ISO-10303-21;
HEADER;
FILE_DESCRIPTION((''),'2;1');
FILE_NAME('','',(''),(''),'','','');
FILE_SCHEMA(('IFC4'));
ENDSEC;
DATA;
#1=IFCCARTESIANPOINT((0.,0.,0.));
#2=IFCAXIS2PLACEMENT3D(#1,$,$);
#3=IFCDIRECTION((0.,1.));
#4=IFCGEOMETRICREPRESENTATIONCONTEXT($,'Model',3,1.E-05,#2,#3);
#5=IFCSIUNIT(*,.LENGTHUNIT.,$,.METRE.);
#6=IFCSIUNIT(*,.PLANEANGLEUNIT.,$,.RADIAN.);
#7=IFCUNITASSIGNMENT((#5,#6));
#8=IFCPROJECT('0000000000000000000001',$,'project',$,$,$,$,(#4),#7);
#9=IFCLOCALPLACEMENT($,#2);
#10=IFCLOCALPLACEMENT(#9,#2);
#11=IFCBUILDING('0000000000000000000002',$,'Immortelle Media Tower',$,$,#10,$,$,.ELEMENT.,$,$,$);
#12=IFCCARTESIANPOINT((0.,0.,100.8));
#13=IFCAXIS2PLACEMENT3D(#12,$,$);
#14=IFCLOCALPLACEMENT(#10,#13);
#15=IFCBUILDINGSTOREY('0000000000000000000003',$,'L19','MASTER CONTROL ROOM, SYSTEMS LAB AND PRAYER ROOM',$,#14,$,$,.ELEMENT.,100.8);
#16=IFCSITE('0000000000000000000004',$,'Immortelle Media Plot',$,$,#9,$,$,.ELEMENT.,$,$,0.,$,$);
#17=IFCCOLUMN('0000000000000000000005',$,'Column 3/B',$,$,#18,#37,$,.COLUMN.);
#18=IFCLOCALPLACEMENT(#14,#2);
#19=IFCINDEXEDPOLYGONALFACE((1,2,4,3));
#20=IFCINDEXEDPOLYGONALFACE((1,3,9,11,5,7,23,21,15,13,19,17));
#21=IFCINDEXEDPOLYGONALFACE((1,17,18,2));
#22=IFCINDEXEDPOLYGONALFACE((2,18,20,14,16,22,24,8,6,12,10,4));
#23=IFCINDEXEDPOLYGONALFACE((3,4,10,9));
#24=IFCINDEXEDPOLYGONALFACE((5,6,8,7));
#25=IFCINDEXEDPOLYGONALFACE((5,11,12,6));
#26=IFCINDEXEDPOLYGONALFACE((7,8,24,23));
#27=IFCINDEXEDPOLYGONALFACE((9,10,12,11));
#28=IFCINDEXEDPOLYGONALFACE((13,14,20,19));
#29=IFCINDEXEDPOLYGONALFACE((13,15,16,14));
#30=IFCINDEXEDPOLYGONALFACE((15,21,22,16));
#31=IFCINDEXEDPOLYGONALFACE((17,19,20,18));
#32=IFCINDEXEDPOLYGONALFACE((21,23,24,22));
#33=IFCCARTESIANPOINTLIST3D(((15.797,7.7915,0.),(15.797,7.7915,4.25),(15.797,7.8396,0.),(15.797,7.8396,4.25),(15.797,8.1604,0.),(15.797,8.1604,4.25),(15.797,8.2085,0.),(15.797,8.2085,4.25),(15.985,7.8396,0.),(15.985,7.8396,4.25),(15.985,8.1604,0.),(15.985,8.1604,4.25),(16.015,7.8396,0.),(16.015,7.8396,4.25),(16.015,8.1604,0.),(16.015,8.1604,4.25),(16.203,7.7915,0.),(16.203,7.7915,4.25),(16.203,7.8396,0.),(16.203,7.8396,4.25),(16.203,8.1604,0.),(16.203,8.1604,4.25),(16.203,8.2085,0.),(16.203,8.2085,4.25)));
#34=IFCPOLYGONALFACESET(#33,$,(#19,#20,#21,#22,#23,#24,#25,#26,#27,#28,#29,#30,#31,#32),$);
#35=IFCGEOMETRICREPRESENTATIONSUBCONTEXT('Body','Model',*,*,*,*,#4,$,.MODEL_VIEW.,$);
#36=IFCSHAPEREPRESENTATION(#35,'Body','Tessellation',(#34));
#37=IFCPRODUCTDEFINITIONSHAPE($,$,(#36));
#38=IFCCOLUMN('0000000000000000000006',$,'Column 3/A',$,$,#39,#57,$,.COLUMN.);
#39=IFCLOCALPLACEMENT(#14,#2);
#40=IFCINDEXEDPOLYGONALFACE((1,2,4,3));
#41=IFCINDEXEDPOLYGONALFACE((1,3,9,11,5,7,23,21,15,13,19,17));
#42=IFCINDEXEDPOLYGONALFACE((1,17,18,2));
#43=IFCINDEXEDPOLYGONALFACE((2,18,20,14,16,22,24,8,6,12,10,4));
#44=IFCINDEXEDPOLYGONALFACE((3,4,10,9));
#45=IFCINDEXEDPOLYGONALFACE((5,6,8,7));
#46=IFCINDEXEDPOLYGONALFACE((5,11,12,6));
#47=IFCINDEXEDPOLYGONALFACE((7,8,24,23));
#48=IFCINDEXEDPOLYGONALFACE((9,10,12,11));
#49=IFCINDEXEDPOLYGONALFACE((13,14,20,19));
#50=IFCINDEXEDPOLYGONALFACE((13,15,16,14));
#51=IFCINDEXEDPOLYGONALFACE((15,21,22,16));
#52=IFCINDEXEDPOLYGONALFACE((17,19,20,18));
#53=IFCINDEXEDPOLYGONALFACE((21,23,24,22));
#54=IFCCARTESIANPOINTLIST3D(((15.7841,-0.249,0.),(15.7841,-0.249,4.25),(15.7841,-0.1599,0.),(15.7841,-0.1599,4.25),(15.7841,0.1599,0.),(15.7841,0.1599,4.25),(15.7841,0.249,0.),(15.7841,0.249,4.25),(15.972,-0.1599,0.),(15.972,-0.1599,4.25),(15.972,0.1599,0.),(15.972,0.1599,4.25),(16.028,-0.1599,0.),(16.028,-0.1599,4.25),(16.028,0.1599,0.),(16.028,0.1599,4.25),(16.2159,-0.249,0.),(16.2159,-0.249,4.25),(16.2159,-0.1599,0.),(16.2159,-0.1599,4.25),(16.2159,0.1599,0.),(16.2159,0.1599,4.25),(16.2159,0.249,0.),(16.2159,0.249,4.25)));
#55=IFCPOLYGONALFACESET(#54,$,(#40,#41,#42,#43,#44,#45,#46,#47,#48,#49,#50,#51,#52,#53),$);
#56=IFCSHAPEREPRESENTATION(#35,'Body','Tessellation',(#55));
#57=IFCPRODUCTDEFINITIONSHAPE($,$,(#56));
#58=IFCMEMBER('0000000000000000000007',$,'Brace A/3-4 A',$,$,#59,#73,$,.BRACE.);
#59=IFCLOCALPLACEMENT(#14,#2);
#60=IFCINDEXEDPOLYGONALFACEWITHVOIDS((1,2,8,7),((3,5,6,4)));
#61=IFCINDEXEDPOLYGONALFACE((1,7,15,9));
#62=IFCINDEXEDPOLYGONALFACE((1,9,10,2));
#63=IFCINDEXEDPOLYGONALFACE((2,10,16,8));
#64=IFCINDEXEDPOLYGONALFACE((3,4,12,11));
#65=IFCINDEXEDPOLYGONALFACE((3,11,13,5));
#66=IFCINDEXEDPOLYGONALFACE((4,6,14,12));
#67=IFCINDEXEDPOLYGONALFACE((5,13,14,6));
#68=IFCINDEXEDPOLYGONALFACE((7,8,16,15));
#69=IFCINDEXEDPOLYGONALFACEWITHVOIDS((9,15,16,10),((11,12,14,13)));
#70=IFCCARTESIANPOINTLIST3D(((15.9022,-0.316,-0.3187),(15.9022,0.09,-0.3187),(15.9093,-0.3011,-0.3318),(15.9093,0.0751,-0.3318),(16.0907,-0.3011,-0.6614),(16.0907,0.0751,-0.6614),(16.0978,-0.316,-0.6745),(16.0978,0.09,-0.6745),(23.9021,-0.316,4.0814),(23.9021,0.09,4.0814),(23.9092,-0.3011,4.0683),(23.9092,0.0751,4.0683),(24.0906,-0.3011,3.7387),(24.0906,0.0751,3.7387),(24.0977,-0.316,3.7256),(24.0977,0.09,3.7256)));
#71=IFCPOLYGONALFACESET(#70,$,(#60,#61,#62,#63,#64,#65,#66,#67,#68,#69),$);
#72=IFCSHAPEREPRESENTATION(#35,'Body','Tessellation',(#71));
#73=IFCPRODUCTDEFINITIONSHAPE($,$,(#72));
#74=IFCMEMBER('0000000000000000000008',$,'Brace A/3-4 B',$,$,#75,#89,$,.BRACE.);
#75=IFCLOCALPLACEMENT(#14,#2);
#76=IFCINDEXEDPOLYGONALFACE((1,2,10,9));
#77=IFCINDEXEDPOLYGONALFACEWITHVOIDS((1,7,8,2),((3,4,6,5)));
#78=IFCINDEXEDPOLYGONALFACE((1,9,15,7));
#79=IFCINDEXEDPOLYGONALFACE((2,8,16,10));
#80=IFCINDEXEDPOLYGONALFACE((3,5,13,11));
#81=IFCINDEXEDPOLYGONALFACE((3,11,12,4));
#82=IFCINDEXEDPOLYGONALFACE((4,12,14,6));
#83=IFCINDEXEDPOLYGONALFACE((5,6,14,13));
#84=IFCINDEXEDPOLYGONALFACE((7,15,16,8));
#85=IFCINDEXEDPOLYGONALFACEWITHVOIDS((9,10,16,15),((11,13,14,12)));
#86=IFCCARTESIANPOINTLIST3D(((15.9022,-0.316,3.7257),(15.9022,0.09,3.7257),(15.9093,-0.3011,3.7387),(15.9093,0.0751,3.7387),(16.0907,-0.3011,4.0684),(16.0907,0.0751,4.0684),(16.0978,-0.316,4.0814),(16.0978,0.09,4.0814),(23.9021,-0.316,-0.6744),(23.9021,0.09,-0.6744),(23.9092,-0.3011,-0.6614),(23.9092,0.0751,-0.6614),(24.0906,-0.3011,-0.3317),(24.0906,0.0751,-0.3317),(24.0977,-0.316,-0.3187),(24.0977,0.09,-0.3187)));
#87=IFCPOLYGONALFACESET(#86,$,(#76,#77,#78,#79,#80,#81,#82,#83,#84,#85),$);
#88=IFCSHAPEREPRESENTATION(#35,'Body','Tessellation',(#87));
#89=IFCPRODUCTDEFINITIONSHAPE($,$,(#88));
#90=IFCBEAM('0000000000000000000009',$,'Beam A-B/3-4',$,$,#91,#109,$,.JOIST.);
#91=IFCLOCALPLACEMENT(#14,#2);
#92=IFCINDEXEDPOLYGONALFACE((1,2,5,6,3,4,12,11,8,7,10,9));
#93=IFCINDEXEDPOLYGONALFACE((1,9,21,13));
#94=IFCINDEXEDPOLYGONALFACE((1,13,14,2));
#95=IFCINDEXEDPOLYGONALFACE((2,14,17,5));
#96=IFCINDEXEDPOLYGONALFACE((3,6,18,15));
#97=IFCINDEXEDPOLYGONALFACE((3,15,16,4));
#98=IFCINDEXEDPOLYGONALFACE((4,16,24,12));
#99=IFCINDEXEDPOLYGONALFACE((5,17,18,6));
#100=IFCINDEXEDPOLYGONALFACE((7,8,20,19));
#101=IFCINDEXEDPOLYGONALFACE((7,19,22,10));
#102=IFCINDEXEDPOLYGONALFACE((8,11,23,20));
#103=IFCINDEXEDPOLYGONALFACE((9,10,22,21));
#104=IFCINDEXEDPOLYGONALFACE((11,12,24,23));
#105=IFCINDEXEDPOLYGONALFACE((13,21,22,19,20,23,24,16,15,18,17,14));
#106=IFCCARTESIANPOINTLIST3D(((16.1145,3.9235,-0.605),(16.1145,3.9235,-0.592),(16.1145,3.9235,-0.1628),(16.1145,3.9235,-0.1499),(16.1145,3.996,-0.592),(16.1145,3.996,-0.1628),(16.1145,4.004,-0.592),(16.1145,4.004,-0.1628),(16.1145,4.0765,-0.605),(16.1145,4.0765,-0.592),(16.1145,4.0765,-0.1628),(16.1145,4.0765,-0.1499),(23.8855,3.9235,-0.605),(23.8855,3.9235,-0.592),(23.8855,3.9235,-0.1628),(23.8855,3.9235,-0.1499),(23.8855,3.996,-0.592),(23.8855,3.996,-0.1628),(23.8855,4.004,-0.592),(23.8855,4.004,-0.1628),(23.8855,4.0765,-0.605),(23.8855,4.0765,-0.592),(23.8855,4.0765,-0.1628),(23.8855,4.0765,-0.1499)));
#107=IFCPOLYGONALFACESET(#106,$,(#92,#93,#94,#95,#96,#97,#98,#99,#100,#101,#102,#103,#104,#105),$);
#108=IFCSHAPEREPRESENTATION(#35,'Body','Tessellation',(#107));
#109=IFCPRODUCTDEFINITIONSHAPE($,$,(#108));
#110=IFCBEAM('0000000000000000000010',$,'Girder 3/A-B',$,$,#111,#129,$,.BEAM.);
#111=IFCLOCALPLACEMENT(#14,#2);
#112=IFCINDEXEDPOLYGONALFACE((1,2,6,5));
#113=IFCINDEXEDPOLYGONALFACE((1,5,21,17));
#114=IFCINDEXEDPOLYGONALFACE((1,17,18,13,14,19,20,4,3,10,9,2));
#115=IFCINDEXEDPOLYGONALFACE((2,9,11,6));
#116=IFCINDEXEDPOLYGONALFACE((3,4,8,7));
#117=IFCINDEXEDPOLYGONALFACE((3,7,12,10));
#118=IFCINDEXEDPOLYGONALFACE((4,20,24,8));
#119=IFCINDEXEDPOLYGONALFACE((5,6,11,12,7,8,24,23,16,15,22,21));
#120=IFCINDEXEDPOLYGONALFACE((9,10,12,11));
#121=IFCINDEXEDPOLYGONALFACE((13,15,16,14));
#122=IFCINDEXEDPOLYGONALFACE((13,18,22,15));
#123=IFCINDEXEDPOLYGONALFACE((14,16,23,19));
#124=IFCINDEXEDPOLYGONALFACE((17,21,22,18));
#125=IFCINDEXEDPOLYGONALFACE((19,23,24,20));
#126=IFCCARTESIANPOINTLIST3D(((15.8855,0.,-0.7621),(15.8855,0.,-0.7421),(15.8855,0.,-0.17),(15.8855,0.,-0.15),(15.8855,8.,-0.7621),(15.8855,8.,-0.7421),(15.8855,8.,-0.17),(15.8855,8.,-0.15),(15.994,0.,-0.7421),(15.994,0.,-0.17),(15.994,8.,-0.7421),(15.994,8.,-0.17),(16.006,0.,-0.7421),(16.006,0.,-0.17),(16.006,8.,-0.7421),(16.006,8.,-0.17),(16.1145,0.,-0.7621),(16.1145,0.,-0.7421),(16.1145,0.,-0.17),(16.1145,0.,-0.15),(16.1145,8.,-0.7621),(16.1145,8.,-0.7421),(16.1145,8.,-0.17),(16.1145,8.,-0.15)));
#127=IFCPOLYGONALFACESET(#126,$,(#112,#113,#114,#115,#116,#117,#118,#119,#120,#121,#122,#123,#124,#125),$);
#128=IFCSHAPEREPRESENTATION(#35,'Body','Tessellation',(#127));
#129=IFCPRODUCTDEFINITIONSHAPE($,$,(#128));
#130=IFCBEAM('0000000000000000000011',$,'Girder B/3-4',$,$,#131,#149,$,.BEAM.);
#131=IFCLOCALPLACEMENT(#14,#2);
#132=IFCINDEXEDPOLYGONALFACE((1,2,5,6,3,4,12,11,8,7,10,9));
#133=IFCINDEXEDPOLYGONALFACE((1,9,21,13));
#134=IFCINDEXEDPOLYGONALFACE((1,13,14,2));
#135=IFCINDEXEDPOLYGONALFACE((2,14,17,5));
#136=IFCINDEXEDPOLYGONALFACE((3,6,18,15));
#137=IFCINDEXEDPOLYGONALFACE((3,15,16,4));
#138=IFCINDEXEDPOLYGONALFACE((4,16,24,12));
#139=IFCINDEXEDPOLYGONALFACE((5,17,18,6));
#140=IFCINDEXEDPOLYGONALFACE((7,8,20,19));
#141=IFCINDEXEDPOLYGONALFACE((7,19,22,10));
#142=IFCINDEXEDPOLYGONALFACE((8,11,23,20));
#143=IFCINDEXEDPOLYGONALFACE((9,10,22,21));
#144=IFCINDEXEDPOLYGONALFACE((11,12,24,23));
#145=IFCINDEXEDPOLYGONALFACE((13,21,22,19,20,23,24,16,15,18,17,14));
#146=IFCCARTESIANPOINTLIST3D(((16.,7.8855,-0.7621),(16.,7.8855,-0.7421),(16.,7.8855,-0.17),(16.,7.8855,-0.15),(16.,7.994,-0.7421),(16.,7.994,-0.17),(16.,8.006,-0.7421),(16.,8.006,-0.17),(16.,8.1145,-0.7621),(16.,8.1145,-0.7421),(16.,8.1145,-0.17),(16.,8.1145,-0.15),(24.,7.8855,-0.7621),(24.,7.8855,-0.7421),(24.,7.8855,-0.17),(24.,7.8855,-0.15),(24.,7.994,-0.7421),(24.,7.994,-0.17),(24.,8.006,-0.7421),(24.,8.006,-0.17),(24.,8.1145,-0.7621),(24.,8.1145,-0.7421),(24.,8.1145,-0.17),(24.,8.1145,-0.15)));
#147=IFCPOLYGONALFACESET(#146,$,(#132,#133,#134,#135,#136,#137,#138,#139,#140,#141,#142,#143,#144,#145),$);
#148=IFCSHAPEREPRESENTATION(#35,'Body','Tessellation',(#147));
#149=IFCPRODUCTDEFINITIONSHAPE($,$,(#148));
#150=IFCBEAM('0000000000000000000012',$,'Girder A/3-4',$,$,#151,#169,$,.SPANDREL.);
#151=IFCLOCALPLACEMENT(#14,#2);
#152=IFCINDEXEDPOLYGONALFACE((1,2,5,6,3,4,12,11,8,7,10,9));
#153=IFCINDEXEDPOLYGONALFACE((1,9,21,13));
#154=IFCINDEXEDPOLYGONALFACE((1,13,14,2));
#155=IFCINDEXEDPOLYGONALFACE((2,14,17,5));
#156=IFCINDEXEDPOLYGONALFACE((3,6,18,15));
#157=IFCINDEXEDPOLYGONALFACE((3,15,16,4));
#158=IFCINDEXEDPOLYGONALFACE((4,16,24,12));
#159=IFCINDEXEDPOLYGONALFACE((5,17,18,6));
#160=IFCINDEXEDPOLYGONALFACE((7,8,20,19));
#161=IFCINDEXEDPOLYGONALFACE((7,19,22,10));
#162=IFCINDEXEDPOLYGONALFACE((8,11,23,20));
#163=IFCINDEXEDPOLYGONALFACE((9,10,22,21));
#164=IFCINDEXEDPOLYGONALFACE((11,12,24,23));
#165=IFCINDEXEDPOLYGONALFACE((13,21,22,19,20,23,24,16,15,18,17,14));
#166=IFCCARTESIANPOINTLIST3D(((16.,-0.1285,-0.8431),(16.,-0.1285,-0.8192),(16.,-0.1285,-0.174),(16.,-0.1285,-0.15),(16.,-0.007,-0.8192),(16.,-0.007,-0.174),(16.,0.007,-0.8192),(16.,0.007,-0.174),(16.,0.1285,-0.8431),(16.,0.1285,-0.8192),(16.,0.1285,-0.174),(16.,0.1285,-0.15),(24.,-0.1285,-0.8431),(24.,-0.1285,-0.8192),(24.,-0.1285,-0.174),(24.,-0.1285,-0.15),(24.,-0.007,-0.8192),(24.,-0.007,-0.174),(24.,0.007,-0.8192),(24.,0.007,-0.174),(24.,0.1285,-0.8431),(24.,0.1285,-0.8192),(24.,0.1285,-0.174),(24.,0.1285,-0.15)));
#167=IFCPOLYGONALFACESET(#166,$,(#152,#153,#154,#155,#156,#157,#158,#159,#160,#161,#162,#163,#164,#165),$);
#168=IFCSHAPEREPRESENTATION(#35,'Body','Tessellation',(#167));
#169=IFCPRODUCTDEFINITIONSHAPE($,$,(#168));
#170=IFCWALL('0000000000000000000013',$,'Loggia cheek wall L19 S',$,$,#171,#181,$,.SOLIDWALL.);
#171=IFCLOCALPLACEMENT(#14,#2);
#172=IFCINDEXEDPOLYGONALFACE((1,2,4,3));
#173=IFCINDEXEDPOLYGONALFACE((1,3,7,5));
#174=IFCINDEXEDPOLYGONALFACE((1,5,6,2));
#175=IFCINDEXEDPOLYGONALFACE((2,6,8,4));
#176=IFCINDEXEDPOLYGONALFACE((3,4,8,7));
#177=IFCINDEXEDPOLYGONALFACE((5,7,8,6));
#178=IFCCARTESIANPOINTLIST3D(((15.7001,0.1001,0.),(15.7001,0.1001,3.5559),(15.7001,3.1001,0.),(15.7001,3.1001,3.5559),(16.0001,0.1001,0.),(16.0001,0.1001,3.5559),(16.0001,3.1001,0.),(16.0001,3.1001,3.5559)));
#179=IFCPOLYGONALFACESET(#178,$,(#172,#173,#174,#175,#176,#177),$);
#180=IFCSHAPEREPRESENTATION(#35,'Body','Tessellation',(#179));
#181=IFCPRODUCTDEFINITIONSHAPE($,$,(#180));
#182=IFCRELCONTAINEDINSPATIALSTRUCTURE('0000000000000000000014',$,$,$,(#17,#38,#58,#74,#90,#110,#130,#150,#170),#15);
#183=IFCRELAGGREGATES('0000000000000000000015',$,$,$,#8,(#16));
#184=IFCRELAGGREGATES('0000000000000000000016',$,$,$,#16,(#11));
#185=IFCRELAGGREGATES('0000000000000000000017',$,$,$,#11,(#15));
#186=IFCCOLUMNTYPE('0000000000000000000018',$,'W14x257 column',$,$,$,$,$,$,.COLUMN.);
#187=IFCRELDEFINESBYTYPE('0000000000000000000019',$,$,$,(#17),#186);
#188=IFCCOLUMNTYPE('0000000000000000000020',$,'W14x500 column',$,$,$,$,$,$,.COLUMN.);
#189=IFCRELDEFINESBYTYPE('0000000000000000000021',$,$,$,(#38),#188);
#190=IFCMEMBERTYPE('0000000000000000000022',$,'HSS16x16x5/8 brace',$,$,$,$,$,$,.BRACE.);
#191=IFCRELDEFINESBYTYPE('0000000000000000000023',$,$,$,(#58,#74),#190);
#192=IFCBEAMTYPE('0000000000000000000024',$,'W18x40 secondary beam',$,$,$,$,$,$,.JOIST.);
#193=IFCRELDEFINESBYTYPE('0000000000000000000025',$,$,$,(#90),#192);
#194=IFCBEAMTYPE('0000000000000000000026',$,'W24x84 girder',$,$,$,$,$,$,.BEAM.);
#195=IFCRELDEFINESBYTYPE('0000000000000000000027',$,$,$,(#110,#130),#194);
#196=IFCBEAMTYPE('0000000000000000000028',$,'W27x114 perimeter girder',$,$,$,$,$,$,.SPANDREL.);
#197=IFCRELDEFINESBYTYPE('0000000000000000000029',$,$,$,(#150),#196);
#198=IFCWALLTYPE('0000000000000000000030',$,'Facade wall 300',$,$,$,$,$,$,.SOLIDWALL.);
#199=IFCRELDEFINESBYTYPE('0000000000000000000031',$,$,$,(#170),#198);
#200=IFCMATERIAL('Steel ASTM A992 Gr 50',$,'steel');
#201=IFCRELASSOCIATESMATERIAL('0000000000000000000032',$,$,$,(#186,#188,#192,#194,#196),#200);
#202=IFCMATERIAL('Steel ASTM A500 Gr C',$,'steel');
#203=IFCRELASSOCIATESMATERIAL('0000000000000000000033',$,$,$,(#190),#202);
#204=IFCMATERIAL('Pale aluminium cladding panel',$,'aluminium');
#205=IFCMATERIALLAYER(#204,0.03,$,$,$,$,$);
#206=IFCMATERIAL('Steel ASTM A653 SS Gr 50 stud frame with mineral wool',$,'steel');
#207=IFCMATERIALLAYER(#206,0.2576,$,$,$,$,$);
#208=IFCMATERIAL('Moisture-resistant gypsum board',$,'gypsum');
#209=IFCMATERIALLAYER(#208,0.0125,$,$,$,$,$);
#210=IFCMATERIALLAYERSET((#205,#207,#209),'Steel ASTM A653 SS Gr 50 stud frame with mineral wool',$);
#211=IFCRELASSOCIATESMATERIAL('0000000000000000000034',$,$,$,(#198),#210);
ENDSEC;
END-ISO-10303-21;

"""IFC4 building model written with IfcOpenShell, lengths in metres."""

from ifc_helpers import new_model, si_unit, direction, frame, frame_2d, origin, origin_2d, place, context, subcontext, project, spatial, rectangle, hollow_rectangle, i_section, extrude, material, layer, layer_set, material_profile, profile_set, type_object, element, save


model = new_model("IFC4")

# Units and contexts
model_context = context("Model", 3, precision=1e-05, world=origin(), true_north=direction((0.0, 1.0)))
body_context = subcontext(model_context, "Body", "Model", "MODEL_VIEW")
ifc_project = project(units=[si_unit("LENGTHUNIT", "METRE"), si_unit("PLANEANGLEUNIT", "RADIAN")], contexts=[model_context])

# Site, building, storey
site_placement = place(None, origin())
site = spatial("IfcSite", under=ifc_project, at=site_placement, Name="Immortelle Media Plot", CompositionType="ELEMENT", RefElevation=0.0)
building_placement = place(site_placement, origin())
building = spatial("IfcBuilding", under=site, at=building_placement, Name="Immortelle Media Tower", CompositionType="ELEMENT")
storey_placement = place(building_placement, frame((0.0, 0.0, 100.8)))
storey = spatial("IfcBuildingStorey", under=building, at=storey_placement, Name="L19", Description="MASTER CONTROL ROOM, SYSTEMS LAB AND PRAYER ROOM", CompositionType="ELEMENT", Elevation=100.8)

# Columns
ifc_material_1 = material(Name="Steel ASTM A992 Gr 50", Category="steel")
ifc_material_profile_1 = material_profile(ifc_material_1, i_section(OverallWidth=0.406, OverallDepth=0.417, WebThickness=0.03, FlangeThickness=0.0481, at=origin_2d()), Name="W14x257")
ifc_profile_set_1 = profile_set([ifc_material_profile_1], Name="Steel ASTM A992 Gr 50")
column_type_1 = type_object("IfcColumnType", Name="W14x257 column", PredefinedType="COLUMN", material=ifc_profile_set_1)
column_1_placement = place(storey_placement, frame((16.0, 8.0, 0.0), z_axis=(0.0, 0.0, 1.0), x_axis=(1.0, 0.0, 0.0)))
element("IfcColumn", 1, at=column_1_placement, inside=storey, type_object=column_type_1, Name="Column 3/B", PredefinedType="COLUMN", context=body_context, shape_type="SweptSolid", body=[
    extrude(i_section(OverallWidth=0.406, OverallDepth=0.417, WebThickness=0.03, FlangeThickness=0.0481, at=origin_2d()), origin(), (0.0, 0.0, 1.0), 4.25),
])
ifc_material_profile_2 = material_profile(ifc_material_1, i_section(OverallWidth=0.4319, OverallDepth=0.498, WebThickness=0.0559, FlangeThickness=0.0891, at=origin_2d()), Name="W14x500")
ifc_profile_set_2 = profile_set([ifc_material_profile_2], Name="Steel ASTM A992 Gr 50")
column_type_2 = type_object("IfcColumnType", Name="W14x500 column", PredefinedType="COLUMN", material=ifc_profile_set_2)
column_2_placement = place(storey_placement, frame((16.0, 0.0, 0.0), z_axis=(0.0, 0.0, 1.0), x_axis=(1.0, 0.0, 0.0)))
element("IfcColumn", 2, at=column_2_placement, inside=storey, type_object=column_type_2, Name="Column 3/A", PredefinedType="COLUMN", context=body_context, shape_type="SweptSolid", body=[
    extrude(i_section(OverallWidth=0.4319, OverallDepth=0.498, WebThickness=0.0559, FlangeThickness=0.0891, at=origin_2d()), origin(), (0.0, 0.0, 1.0), 4.25),
])

# Members
ifc_material_2 = material(Name="Steel ASTM A500 Gr C", Category="steel")
ifc_material_profile_3 = material_profile(ifc_material_2, hollow_rectangle(XDim=0.406, YDim=0.406, WallThickness=0.0149, at=origin_2d()), Name="HSS16x16x5/8 brace")
ifc_profile_set_3 = profile_set([ifc_material_profile_3], Name="Steel ASTM A500 Gr C")
member_type = type_object("IfcMemberType", Name="HSS16x16x5/8 brace", PredefinedType="BRACE", material=ifc_profile_set_3)
for number, where, z_axis, x_axis, name in (
    (3, (16.0, -0.113, -0.4966), (0.876209, 0.0, 0.481931), (0.0, 1.0, 0.0), "Brace A/3-4 A"),
    (4, (16.0, -0.113, 3.9036), (0.876209, 0.0, -0.481931), (0.0, 1.0, 0.0), "Brace A/3-4 B"),
):
    element("IfcMember", number, at=place(storey_placement, frame(where, z_axis=z_axis, x_axis=x_axis)), inside=storey, type_object=member_type, Name=name, PredefinedType="BRACE", context=body_context, shape_type="SweptSolid", body=[
        extrude(hollow_rectangle(XDim=0.406, YDim=0.406, WallThickness=0.0149, at=origin_2d()), origin(), (0.0, 0.0, 1.0), 9.1301),
    ])

# Beams
ifc_material_profile_4 = material_profile(ifc_material_1, i_section(OverallWidth=0.1531, OverallDepth=0.4551, WebThickness=0.0081, FlangeThickness=0.0129, at=origin_2d()), Name="W18x40")
ifc_profile_set_4 = profile_set([ifc_material_profile_4], Name="Steel ASTM A992 Gr 50")
beam_type_1 = type_object("IfcBeamType", Name="W18x40 secondary beam", PredefinedType="JOIST", material=ifc_profile_set_4)
beam_1_placement = place(storey_placement, frame((16.1145, 4.0, -0.3774), z_axis=(1.0, 0.0, 0.0), x_axis=(0.0, 1.0, 0.0)))
element("IfcBeam", 5, at=beam_1_placement, inside=storey, type_object=beam_type_1, Name="Beam A-B/3-4", PredefinedType="JOIST", context=body_context, shape_type="SweptSolid", body=[
    extrude(i_section(OverallWidth=0.1531, OverallDepth=0.4551, WebThickness=0.0081, FlangeThickness=0.0129, at=origin_2d()), origin(), (0.0, 0.0, 1.0), 7.771),
])
ifc_material_profile_5 = material_profile(ifc_material_1, i_section(OverallWidth=0.229, OverallDepth=0.6121, WebThickness=0.012, FlangeThickness=0.02, at=origin_2d()), Name="W24x84")
ifc_profile_set_5 = profile_set([ifc_material_profile_5], Name="Steel ASTM A992 Gr 50")
beam_type_2 = type_object("IfcBeamType", Name="W24x84 girder", PredefinedType="BEAM", material=ifc_profile_set_5)
for number, where, z_axis, x_axis, name in (
    (6, (16.0, 0.0, -0.4561), (0.0, 1.0, 0.0), (-1.0, 0.0, 0.0), "Girder 3/A-B"),
    (7, (16.0, 8.0, -0.4561), (1.0, 0.0, 0.0), (0.0, 1.0, 0.0), "Girder B/3-4"),
):
    element("IfcBeam", number, at=place(storey_placement, frame(where, z_axis=z_axis, x_axis=x_axis)), inside=storey, type_object=beam_type_2, Name=name, PredefinedType="BEAM", context=body_context, shape_type="SweptSolid", body=[
        extrude(i_section(OverallWidth=0.229, OverallDepth=0.6121, WebThickness=0.012, FlangeThickness=0.02, at=origin_2d()), origin(), (0.0, 0.0, 1.0), 8.0),
    ])
ifc_material_profile_6 = material_profile(ifc_material_1, i_section(OverallWidth=0.2571, OverallDepth=0.6931, WebThickness=0.0139, FlangeThickness=0.0239, at=origin_2d()), Name="W27x114")
ifc_profile_set_6 = profile_set([ifc_material_profile_6], Name="Steel ASTM A992 Gr 50")
beam_type_3 = type_object("IfcBeamType", Name="W27x114 perimeter girder", PredefinedType="SPANDREL", material=ifc_profile_set_6)
beam_2_placement = place(storey_placement, frame((16.0, 0.0, -0.4966), z_axis=(1.0, 0.0, 0.0), x_axis=(0.0, 1.0, 0.0)))
element("IfcBeam", 8, at=beam_2_placement, inside=storey, type_object=beam_type_3, Name="Girder A/3-4", PredefinedType="SPANDREL", context=body_context, shape_type="SweptSolid", body=[
    extrude(i_section(OverallWidth=0.2571, OverallDepth=0.6931, WebThickness=0.0139, FlangeThickness=0.0239, at=origin_2d()), origin(), (0.0, 0.0, 1.0), 8.0),
])

# Wall
ifc_material_3 = material(Name="Pale aluminium cladding panel", Category="aluminium")
ifc_layer_1 = layer(ifc_material_3, 0.03)
ifc_material_4 = material(Name="Steel ASTM A653 SS Gr 50 stud frame with mineral wool", Category="steel")
ifc_layer_2 = layer(ifc_material_4, 0.2576)
ifc_material_5 = material(Name="Moisture-resistant gypsum board", Category="gypsum")
ifc_layer_3 = layer(ifc_material_5, 0.0125)
ifc_layer_set_1 = layer_set([ifc_layer_1, ifc_layer_2, ifc_layer_3], Name="Steel ASTM A653 SS Gr 50 stud frame with mineral wool")
wall_type_1 = type_object("IfcWallType", Name="Facade wall 300", PredefinedType="SOLIDWALL", material=ifc_layer_set_1)
wall_1_placement = place(storey_placement, frame((15.8501, 0.1001, 0.0), z_axis=(0.0, 0.0, 1.0), x_axis=(0.0, 1.0, 0.0)))
element("IfcWall", 9, at=wall_1_placement, inside=storey, type_object=wall_type_1, Name="Loggia cheek wall L19 S", PredefinedType="SOLIDWALL", context=body_context, shape_type="SweptSolid", body=[
    extrude(rectangle(XDim=3.0, YDim=0.3, at=frame_2d((1.5, 0.0))), origin(), (0.0, 0.0, 1.0), 3.5559),
])

save(model, "model.ifc")
